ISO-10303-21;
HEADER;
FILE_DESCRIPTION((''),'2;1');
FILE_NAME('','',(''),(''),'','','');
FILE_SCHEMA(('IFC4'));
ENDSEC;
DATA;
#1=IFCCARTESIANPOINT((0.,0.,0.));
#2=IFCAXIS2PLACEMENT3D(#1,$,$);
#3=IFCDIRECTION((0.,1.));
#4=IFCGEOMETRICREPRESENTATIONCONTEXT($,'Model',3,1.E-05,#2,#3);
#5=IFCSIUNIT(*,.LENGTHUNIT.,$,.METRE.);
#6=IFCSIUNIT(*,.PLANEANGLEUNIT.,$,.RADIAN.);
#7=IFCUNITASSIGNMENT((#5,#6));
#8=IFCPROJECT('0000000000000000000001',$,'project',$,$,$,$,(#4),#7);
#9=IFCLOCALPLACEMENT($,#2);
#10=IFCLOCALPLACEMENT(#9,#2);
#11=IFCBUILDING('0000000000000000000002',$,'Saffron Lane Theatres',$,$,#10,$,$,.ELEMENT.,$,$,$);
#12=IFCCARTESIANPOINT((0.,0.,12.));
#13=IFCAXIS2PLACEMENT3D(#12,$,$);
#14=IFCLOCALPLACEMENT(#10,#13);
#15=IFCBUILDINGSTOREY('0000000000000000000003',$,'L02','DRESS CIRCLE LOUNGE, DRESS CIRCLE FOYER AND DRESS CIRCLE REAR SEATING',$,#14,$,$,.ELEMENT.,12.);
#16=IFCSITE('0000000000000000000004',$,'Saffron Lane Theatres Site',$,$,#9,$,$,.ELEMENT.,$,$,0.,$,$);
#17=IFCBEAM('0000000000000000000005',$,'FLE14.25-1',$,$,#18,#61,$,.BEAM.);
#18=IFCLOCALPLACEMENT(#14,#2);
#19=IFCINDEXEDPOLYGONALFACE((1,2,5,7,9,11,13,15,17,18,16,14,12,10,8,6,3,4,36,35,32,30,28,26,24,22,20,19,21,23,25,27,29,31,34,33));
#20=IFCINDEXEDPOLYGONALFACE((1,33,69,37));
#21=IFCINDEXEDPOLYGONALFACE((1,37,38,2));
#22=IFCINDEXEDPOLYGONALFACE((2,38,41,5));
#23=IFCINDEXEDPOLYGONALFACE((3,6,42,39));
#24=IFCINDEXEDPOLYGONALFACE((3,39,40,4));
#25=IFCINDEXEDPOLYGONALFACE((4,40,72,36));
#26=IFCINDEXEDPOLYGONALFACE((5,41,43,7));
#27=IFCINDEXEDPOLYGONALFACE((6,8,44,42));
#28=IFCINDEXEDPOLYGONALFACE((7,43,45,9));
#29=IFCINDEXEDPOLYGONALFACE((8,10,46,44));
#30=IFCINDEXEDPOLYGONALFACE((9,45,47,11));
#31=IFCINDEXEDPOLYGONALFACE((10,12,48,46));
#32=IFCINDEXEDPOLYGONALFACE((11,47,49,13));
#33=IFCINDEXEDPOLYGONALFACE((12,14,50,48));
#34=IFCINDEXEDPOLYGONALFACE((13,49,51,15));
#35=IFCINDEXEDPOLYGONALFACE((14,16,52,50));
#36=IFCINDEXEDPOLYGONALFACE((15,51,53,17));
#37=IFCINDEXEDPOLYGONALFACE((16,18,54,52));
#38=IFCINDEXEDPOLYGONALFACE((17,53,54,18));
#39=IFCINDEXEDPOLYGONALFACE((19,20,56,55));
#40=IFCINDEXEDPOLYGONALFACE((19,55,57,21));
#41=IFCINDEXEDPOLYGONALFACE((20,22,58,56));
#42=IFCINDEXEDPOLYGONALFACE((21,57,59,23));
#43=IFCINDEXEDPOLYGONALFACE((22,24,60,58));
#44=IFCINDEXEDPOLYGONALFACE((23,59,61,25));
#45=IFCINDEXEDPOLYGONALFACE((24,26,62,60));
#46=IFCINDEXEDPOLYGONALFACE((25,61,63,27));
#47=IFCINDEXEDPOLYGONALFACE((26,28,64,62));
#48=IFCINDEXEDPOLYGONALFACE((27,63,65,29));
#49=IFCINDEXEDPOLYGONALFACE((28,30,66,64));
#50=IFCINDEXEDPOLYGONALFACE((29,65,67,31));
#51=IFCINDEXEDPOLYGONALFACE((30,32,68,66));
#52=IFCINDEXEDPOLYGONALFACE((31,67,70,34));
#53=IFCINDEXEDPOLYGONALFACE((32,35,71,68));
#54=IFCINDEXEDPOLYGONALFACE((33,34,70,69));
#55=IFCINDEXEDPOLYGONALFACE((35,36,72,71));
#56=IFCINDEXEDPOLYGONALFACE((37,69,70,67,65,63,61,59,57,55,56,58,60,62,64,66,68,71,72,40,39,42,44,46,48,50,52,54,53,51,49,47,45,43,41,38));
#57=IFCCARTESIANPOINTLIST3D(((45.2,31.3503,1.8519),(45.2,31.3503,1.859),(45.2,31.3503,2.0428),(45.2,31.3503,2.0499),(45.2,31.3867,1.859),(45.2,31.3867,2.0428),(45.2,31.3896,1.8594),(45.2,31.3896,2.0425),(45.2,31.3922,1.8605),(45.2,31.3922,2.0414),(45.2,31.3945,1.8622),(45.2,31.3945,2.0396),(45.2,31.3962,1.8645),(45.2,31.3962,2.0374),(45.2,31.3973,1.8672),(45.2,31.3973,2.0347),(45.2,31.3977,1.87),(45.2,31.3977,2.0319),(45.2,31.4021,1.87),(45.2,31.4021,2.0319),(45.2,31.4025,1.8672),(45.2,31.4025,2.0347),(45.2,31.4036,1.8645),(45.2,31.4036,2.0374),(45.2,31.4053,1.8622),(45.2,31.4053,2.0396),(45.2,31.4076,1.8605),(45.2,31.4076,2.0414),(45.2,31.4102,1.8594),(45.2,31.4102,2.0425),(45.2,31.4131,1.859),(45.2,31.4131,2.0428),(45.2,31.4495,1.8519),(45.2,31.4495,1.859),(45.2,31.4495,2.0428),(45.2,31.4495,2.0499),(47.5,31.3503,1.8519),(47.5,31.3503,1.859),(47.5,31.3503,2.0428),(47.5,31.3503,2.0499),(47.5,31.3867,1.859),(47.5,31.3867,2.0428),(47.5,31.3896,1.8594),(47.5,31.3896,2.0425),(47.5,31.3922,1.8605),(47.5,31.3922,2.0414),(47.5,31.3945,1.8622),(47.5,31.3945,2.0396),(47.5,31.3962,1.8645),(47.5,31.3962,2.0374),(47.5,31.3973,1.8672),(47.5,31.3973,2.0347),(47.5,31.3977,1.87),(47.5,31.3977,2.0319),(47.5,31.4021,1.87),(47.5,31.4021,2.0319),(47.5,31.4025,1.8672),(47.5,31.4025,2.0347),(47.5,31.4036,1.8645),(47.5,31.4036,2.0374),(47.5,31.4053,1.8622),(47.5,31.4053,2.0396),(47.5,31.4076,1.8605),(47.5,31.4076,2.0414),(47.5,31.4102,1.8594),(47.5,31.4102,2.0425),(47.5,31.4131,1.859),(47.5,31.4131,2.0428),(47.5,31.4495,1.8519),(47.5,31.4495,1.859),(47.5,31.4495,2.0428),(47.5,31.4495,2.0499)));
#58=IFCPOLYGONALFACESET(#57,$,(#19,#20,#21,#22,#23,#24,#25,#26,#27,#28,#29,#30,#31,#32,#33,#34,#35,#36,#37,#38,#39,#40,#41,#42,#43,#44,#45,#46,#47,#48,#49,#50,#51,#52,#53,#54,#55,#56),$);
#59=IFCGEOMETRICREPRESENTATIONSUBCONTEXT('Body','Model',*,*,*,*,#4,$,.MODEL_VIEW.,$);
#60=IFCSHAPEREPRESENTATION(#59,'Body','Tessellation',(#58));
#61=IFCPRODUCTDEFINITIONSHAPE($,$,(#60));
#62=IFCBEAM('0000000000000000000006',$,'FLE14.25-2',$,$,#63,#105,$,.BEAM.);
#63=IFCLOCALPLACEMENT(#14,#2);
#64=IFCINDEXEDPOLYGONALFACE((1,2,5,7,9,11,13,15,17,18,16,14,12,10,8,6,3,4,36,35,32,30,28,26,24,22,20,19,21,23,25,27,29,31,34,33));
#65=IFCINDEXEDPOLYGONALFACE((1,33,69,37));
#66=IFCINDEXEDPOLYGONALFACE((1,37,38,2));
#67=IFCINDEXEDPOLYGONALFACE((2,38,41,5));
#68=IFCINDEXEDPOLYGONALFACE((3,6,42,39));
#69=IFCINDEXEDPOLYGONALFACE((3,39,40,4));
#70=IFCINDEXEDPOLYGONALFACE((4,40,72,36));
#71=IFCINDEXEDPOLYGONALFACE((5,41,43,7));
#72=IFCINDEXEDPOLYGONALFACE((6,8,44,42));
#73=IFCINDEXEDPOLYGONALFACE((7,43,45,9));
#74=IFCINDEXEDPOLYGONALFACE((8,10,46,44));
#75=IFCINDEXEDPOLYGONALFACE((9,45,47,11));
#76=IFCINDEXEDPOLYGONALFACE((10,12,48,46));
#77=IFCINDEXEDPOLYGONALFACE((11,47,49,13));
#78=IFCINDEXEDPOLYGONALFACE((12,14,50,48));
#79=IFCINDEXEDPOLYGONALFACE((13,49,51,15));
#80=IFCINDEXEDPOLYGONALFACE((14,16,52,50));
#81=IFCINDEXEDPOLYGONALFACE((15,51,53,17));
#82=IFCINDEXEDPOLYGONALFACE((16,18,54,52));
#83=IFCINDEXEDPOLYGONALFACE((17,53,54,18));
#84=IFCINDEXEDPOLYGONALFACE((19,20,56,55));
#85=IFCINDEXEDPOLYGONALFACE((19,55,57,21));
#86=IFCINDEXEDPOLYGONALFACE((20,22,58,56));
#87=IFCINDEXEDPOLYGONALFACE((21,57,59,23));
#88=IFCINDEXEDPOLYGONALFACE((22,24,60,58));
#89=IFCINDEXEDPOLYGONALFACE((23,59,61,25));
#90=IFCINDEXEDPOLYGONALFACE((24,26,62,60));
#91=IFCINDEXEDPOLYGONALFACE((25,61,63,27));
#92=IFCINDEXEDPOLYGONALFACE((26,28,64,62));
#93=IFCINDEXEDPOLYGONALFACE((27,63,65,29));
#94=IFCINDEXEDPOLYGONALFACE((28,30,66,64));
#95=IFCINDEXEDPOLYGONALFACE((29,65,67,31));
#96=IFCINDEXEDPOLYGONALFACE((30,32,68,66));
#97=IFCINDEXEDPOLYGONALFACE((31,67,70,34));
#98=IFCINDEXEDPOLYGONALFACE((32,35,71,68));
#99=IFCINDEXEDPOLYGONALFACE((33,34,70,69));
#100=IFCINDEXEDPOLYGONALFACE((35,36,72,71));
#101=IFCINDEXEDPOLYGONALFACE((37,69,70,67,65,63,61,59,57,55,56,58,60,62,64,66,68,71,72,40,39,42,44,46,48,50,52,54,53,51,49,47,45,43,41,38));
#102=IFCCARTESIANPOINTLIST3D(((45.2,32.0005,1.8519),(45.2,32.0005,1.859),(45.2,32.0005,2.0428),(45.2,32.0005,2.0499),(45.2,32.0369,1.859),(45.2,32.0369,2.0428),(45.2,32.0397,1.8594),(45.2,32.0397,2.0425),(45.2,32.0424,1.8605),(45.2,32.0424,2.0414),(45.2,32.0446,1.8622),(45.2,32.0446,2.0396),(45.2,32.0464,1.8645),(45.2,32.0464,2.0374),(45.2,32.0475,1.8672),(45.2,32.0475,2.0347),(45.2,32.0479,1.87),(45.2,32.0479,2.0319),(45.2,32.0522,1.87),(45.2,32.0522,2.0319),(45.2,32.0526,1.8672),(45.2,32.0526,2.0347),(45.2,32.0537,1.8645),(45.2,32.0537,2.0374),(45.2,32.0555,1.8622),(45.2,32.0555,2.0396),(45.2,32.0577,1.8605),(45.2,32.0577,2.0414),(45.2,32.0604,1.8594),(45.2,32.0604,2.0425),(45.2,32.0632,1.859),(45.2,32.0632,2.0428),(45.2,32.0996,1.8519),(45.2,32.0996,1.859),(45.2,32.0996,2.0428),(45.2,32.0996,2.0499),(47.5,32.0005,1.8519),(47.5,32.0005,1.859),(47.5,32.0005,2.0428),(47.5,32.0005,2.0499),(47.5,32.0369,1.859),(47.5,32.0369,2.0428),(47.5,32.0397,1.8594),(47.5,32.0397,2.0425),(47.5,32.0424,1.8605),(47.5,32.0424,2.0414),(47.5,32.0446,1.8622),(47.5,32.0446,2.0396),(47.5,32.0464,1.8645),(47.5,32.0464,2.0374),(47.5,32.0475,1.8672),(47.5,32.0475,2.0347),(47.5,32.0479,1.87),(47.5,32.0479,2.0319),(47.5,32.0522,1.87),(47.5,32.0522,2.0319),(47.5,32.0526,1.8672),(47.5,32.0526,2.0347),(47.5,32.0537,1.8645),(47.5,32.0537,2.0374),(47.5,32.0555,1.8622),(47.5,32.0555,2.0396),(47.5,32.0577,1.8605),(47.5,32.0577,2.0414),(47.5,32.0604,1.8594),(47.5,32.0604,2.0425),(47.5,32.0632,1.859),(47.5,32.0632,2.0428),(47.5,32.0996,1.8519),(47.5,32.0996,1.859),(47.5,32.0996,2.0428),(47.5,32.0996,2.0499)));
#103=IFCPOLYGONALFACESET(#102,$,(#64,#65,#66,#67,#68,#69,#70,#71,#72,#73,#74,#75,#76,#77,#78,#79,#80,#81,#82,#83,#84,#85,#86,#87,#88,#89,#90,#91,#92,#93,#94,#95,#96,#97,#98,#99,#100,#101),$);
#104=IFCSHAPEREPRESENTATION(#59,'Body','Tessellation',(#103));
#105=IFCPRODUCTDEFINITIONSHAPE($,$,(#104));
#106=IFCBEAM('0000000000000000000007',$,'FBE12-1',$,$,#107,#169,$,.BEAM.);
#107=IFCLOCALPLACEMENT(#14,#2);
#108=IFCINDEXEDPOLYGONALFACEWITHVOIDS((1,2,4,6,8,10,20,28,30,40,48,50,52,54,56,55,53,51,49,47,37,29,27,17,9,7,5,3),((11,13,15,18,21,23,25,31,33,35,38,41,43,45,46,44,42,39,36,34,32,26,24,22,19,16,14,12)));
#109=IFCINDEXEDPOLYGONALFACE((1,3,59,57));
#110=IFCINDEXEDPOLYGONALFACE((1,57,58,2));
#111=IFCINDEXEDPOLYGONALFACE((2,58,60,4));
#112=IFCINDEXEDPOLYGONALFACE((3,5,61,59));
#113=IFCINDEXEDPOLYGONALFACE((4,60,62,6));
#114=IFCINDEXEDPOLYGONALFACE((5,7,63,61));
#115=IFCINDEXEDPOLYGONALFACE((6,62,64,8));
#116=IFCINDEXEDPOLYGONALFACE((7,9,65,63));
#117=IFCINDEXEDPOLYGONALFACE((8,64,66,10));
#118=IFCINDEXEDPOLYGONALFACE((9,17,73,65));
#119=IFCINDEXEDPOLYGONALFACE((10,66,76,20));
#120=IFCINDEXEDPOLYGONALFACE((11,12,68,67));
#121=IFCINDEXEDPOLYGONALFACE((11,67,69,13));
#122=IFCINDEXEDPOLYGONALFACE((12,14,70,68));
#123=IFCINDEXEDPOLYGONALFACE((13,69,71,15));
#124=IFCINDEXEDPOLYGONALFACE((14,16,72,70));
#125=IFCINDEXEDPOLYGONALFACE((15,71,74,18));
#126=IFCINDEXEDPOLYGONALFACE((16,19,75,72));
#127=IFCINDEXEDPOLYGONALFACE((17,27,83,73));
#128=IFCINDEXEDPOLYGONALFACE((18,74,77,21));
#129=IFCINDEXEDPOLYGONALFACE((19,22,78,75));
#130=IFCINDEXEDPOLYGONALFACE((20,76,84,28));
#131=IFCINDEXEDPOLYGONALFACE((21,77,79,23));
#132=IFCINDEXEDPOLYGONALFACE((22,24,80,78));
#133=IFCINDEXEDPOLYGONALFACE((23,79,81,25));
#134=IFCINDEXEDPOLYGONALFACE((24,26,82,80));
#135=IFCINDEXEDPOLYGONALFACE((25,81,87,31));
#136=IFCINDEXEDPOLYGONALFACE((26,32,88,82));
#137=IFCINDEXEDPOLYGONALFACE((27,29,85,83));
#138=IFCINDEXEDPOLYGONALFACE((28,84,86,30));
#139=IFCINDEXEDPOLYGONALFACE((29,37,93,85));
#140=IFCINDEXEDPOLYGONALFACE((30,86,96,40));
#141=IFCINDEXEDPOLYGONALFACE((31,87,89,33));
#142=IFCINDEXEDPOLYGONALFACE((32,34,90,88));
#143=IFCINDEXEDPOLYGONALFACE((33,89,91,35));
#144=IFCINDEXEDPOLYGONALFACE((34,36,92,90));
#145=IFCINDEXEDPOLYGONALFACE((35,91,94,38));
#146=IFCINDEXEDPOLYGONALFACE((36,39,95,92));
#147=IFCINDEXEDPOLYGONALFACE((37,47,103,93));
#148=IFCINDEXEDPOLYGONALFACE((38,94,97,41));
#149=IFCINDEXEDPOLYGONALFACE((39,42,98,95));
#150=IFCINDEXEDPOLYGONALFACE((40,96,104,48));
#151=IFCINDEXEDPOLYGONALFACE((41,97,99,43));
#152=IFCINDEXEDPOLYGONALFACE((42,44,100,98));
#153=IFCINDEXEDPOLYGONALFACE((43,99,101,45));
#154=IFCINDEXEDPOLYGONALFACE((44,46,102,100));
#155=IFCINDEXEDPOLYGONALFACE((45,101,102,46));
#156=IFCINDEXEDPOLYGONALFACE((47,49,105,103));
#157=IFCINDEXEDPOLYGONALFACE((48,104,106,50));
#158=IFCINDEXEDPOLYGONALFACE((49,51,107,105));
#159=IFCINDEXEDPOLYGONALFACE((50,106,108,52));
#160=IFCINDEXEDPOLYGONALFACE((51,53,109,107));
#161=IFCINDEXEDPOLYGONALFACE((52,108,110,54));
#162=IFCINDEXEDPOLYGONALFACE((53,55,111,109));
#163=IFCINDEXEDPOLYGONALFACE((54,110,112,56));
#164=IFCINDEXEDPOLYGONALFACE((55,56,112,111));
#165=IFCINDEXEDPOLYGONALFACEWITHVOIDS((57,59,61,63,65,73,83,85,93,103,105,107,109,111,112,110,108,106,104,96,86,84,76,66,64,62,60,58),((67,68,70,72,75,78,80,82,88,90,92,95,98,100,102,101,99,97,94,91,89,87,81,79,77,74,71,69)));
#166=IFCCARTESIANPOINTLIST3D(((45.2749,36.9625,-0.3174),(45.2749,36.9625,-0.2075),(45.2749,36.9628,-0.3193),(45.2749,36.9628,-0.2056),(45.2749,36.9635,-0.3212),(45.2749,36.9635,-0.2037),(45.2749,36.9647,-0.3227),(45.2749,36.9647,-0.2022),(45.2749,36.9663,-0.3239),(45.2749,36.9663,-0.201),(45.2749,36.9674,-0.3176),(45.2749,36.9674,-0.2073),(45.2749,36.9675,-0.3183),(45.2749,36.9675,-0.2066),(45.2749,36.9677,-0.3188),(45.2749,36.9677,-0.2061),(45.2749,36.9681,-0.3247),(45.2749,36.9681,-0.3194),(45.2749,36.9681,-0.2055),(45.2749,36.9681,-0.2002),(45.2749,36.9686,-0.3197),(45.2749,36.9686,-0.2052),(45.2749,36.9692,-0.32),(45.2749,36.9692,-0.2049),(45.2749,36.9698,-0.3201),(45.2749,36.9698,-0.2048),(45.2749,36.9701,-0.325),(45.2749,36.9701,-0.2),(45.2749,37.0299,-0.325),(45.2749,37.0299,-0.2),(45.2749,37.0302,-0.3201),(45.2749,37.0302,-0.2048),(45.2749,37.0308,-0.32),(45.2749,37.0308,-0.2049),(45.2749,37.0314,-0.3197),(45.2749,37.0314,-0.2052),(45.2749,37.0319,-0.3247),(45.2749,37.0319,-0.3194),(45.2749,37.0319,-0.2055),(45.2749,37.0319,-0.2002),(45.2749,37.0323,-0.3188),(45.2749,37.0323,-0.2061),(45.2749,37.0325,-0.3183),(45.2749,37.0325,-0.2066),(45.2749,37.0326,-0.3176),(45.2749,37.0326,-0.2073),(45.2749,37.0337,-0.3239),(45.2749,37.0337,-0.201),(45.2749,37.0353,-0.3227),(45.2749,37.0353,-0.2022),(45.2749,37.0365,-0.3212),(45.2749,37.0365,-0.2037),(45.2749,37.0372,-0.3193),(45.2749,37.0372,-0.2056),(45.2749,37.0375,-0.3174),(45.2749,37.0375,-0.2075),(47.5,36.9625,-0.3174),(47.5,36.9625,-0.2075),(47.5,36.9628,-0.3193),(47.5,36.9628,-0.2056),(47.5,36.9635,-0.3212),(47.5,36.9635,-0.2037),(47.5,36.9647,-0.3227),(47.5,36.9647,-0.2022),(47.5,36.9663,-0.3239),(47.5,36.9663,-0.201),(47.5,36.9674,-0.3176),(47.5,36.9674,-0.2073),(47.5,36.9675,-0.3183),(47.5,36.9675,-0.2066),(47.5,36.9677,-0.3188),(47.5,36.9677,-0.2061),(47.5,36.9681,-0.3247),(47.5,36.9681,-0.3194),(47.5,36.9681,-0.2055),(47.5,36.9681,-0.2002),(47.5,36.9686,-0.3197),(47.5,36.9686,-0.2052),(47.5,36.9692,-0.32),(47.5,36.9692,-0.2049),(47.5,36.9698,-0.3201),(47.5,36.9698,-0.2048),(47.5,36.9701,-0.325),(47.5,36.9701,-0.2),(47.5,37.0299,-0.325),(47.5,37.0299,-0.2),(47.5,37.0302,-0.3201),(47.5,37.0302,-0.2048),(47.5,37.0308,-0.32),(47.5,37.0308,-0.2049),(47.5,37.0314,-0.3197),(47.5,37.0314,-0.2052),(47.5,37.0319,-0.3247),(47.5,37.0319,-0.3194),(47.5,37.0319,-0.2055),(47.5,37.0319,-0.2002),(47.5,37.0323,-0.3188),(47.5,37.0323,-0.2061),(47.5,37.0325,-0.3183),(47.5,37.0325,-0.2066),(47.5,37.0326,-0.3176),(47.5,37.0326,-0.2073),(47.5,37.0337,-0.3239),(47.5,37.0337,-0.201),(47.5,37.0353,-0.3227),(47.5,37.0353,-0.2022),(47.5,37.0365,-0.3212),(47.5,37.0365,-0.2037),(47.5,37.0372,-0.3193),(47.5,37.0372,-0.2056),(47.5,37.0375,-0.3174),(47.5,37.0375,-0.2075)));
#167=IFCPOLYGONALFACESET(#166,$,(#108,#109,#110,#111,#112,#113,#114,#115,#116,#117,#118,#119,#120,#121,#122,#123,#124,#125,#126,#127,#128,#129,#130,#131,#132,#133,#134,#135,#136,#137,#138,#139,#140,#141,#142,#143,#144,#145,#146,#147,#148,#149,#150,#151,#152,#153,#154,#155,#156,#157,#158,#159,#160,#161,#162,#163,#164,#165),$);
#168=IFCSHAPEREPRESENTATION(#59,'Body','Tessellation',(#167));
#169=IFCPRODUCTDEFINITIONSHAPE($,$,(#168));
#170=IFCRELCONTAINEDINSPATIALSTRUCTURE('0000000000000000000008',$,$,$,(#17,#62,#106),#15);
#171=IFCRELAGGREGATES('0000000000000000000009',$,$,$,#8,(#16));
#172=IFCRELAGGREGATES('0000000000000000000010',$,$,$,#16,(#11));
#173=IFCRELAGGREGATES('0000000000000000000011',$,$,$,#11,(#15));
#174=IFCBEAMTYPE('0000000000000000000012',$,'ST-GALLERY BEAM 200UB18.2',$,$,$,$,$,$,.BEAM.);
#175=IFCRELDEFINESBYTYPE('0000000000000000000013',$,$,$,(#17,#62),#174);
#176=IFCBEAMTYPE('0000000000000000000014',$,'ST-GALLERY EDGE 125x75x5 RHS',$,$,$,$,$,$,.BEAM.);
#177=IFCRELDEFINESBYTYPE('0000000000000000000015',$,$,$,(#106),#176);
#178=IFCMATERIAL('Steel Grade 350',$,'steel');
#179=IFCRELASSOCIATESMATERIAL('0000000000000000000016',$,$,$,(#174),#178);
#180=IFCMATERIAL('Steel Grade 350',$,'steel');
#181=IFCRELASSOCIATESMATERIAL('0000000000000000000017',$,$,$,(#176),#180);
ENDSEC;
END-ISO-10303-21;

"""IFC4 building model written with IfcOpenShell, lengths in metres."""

from ifc_helpers import new_model, si_unit, direction, frame, origin, origin_2d, place, context, subcontext, project, spatial, hollow_rectangle, i_section, extrude, material, material_profile, profile_set, type_object, element, save


model = new_model("IFC4")

# Units and contexts
model_context = context("Model", 3, precision=1e-05, world=origin(), true_north=direction((0.0, 1.0)))
body_context = subcontext(model_context, "Body", "Model", "MODEL_VIEW")
ifc_project = project(units=[si_unit("LENGTHUNIT", "METRE"), si_unit("PLANEANGLEUNIT", "RADIAN")], contexts=[model_context])

# Site, building, storey
site_placement = place(None, origin())
site = spatial("IfcSite", under=ifc_project, at=site_placement, Name="Saffron Lane Theatres Site", CompositionType="ELEMENT", RefElevation=0.0)
building_placement = place(site_placement, origin())
building = spatial("IfcBuilding", under=site, at=building_placement, Name="Saffron Lane Theatres", CompositionType="ELEMENT")
storey_placement = place(building_placement, frame((0.0, 0.0, 12.0)))
storey = spatial("IfcBuildingStorey", under=building, at=storey_placement, Name="L02", Description="DRESS CIRCLE LOUNGE, DRESS CIRCLE FOYER AND DRESS CIRCLE REAR SEATING", CompositionType="ELEMENT", Elevation=12.0)

# Beams
ifc_material_1 = material(Name="Steel Grade 350", Category="steel")
ifc_material_profile_1 = material_profile(ifc_material_1, i_section(OverallWidth=0.0991, OverallDepth=0.198, WebThickness=0.0044, FlangeThickness=0.0071, FilletRadius=0.011, at=origin_2d()))
ifc_profile_set_1 = profile_set([ifc_material_profile_1], Name="Steel Grade 350")
beam_type_1 = type_object("IfcBeamType", Name="ST-GALLERY BEAM 200UB18.2", PredefinedType="BEAM", material=ifc_profile_set_1)
for number, where, z_axis, x_axis, name in (
    (1, (45.2, 31.3999, 1.9509), (1.0, 0.0, 0.0), (0.0, 1.0, 0.0), "FLE14.25-1"),
    (2, (45.2, 32.05, 1.9509), (1.0, 0.0, 0.0), (0.0, 1.0, 0.0), "FLE14.25-2"),
):
    element("IfcBeam", number, at=place(storey_placement, frame(where, z_axis=z_axis, x_axis=x_axis)), inside=storey, type_object=beam_type_1, Name=name, PredefinedType="BEAM", context=body_context, shape_type="SweptSolid", body=[
        extrude(i_section(OverallWidth=0.0991, OverallDepth=0.198, WebThickness=0.0044, FlangeThickness=0.0071, FilletRadius=0.011, at=origin_2d()), origin(), (0.0, 0.0, 1.0), 2.3),
    ])
ifc_material_2 = material(Name="Steel Grade 350", Category="steel")
ifc_material_profile_2 = material_profile(ifc_material_2, hollow_rectangle(XDim=0.075, YDim=0.125, WallThickness=0.0049, InnerFilletRadius=0.0024, OuterFilletRadius=0.0076, at=origin_2d()))
ifc_profile_set_2 = profile_set([ifc_material_profile_2], Name="Steel Grade 350")
beam_type_2 = type_object("IfcBeamType", Name="ST-GALLERY EDGE 125x75x5 RHS", PredefinedType="BEAM", material=ifc_profile_set_2)
beam_1_placement = place(storey_placement, frame((45.2749, 37.0, -0.2625), z_axis=(1.0, 0.0, 0.0), x_axis=(0.0, 1.0, 0.0)))
element("IfcBeam", 3, at=beam_1_placement, inside=storey, type_object=beam_type_2, Name="FBE12-1", PredefinedType="BEAM", context=body_context, shape_type="SweptSolid", body=[
    extrude(hollow_rectangle(XDim=0.075, YDim=0.125, WallThickness=0.0049, InnerFilletRadius=0.0024, OuterFilletRadius=0.0076, at=origin_2d()), origin(), (0.0, 0.0, 1.0), 2.2251),
])

save(model, "model.ifc")
